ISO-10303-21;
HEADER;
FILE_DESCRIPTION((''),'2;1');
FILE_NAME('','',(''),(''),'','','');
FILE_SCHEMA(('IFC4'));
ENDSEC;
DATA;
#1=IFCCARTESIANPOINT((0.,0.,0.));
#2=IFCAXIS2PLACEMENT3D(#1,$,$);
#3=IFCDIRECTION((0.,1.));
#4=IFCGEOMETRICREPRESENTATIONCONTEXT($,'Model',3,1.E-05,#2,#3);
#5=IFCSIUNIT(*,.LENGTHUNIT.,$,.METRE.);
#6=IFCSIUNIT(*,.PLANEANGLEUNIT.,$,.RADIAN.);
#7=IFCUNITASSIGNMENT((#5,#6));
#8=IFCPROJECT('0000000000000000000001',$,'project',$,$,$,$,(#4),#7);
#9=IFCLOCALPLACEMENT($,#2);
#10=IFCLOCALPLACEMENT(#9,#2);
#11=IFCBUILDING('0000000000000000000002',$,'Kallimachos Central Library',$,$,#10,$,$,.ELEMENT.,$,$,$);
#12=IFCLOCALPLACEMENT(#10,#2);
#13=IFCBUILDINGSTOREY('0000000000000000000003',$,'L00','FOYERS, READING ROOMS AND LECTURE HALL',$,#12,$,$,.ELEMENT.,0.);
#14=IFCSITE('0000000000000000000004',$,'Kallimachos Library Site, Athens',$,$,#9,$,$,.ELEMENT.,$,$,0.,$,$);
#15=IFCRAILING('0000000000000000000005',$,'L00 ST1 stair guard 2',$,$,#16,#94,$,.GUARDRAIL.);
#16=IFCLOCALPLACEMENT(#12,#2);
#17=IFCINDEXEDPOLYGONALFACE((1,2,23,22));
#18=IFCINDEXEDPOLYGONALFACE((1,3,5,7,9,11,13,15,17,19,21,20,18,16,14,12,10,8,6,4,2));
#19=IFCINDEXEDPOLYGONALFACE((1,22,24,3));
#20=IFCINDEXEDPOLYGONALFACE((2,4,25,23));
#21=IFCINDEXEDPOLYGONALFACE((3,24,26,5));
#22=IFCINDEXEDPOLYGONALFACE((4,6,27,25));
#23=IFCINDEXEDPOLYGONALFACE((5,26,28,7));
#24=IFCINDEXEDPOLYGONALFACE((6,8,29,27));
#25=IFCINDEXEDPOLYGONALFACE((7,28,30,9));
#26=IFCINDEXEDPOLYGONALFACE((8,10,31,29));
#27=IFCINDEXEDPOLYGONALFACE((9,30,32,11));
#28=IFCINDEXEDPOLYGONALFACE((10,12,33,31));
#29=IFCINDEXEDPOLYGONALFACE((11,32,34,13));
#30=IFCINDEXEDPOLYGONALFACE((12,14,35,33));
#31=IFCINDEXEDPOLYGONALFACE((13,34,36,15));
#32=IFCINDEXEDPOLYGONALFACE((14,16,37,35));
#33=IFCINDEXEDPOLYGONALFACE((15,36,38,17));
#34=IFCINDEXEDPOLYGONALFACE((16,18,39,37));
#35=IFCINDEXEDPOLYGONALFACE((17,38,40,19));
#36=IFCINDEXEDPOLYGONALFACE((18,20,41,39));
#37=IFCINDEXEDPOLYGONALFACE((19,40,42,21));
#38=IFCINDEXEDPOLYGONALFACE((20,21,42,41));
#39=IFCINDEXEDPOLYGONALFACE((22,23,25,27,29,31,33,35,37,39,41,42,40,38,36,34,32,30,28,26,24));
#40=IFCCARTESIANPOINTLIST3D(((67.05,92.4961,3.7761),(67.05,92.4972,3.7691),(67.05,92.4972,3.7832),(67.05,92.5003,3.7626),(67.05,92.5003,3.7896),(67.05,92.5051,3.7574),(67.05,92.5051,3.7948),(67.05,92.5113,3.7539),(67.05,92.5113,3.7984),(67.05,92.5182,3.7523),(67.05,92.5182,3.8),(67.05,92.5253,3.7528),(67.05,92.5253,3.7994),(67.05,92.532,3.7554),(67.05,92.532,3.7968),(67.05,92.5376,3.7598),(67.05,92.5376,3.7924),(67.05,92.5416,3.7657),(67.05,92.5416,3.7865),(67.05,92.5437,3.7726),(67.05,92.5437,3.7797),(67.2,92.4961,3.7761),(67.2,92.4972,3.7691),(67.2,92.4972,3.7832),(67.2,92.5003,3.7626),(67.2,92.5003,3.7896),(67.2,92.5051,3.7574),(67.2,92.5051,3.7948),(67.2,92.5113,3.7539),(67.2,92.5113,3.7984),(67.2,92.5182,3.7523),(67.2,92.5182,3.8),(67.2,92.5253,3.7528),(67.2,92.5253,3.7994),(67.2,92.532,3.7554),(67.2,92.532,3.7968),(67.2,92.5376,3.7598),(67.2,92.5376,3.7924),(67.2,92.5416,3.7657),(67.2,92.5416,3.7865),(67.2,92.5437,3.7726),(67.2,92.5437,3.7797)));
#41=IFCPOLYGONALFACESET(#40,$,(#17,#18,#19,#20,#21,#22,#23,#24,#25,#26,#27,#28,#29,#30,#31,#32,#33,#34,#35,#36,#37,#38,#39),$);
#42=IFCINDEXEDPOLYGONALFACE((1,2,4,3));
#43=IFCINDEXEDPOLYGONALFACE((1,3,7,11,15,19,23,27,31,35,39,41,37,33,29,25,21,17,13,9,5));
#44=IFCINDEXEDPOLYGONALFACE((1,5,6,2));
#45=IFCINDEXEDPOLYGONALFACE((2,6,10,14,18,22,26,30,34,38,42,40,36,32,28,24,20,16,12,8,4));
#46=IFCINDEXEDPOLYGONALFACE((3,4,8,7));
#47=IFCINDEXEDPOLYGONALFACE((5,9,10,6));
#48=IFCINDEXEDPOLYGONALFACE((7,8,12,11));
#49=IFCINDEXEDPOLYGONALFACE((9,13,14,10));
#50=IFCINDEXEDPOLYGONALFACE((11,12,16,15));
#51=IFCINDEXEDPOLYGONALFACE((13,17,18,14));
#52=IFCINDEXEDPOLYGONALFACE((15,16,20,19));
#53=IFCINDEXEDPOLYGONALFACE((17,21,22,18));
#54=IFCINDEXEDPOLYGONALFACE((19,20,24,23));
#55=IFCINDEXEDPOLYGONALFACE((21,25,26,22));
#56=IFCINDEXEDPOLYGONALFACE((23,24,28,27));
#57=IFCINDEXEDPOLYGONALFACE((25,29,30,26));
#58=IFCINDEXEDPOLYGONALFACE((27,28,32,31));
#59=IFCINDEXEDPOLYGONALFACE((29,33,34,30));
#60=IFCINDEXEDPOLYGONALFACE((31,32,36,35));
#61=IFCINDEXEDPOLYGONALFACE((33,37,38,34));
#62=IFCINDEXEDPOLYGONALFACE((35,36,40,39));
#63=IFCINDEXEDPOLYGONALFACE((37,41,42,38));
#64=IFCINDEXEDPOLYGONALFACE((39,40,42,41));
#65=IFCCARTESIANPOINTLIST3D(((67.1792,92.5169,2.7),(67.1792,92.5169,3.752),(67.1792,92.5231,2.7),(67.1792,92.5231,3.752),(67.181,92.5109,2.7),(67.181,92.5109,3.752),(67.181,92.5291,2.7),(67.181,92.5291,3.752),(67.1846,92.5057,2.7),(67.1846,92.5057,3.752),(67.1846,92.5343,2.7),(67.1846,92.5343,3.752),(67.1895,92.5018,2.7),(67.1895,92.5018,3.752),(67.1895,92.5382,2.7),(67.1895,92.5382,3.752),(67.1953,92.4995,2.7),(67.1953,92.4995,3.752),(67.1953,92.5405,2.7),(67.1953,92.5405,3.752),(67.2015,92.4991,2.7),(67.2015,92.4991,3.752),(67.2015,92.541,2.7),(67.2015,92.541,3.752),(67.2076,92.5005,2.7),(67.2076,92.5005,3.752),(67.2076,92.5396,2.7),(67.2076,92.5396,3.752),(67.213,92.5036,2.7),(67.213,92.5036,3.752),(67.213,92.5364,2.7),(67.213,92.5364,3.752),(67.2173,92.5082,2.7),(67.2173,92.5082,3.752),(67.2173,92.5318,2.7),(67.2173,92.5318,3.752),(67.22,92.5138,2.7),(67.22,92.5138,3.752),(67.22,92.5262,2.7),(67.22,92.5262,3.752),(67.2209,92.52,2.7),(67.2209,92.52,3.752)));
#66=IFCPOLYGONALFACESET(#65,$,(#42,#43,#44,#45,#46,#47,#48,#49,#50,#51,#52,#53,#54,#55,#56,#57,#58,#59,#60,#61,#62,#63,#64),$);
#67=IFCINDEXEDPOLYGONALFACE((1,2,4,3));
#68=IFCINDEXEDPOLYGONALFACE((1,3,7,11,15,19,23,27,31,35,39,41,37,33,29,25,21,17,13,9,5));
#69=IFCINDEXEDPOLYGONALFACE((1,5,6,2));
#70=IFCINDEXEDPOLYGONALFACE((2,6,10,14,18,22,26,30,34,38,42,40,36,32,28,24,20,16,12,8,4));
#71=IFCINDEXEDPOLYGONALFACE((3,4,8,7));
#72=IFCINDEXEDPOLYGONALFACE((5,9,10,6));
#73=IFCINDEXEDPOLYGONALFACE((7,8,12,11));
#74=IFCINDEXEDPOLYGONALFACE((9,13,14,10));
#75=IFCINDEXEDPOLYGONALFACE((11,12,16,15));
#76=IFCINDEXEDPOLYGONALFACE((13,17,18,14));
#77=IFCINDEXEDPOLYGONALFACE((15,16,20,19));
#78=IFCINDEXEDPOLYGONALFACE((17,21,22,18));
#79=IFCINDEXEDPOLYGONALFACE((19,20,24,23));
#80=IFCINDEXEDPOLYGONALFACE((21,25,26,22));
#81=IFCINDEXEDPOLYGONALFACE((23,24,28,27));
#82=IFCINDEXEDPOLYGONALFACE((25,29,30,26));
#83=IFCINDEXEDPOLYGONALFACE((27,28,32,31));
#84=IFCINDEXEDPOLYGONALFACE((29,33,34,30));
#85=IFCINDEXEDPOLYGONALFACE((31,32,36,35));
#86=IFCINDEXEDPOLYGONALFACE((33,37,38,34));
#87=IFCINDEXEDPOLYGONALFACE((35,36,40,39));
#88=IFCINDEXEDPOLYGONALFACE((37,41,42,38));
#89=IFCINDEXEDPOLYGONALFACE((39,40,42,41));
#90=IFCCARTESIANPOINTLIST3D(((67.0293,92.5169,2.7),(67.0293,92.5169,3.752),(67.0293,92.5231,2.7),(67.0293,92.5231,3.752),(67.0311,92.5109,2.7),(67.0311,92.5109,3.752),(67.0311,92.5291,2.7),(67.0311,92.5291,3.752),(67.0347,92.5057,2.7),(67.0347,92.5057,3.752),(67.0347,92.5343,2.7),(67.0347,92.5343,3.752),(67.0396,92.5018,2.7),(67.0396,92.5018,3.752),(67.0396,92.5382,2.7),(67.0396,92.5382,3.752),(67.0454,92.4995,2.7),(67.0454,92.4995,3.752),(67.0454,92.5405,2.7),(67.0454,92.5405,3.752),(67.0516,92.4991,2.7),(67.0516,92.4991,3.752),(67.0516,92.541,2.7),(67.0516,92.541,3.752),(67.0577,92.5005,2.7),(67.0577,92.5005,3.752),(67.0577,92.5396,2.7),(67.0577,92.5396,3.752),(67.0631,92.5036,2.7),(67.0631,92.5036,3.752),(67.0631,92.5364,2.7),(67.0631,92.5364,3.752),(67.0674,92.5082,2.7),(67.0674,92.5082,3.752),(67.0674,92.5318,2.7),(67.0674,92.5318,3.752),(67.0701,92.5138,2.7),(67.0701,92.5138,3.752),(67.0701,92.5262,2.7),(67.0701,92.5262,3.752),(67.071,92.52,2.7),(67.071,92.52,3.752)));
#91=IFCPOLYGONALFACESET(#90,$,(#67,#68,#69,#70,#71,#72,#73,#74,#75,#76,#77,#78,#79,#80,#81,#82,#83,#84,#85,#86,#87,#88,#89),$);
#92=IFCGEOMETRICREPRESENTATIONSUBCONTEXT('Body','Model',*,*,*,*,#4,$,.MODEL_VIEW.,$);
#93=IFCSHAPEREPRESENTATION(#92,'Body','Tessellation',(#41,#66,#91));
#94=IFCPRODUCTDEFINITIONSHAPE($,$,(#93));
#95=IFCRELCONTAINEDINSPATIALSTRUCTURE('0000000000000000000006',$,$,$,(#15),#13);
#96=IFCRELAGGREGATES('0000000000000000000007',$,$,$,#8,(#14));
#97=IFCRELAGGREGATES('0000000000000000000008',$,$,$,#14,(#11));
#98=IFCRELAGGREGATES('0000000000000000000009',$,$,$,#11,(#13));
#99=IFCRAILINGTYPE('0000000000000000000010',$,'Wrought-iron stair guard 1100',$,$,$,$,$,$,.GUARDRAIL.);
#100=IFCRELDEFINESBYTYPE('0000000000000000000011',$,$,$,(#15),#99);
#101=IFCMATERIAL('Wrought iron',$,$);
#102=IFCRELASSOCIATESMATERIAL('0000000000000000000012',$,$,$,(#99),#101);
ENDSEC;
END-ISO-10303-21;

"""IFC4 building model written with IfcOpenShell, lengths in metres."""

from ifc_helpers import new_model, si_unit, direction, frame, origin, origin_2d, place, context, subcontext, project, spatial, circle, extrude, material, type_object, element, save


model = new_model("IFC4")

# Units and contexts
model_context = context("Model", 3, precision=1e-05, world=origin(), true_north=direction((0.0, 1.0)))
body_context = subcontext(model_context, "Body", "Model", "MODEL_VIEW")
ifc_project = project(units=[si_unit("LENGTHUNIT", "METRE"), si_unit("PLANEANGLEUNIT", "RADIAN")], contexts=[model_context])

# Site, building, storey
site_placement = place(None, origin())
site = spatial("IfcSite", under=ifc_project, at=site_placement, Name="Kallimachos Library Site, Athens", CompositionType="ELEMENT", RefElevation=0.0)
building_placement = place(site_placement, origin())
building = spatial("IfcBuilding", under=site, at=building_placement, Name="Kallimachos Central Library", CompositionType="ELEMENT")
storey_placement = place(building_placement, origin())
storey = spatial("IfcBuildingStorey", under=building, at=storey_placement, Name="L00", Description="FOYERS, READING ROOMS AND LECTURE HALL", CompositionType="ELEMENT", Elevation=0.0)

# Railing
ifc_material_1 = material(Name="Wrought iron")
railing_type_1 = type_object("IfcRailingType", Name="Wrought-iron stair guard 1100", PredefinedType="GUARDRAIL", material=ifc_material_1)
railing_1_placement = place(storey_placement, frame((67.2, 92.52, 2.7)))
element("IfcRailing", 1, at=railing_1_placement, inside=storey, type_object=railing_type_1, Name="L00 ST1 stair guard 2", PredefinedType="GUARDRAIL", context=body_context, shape_type="SweptSolid", body=[
    extrude(circle(Radius=0.0239, at=origin_2d()), frame((0.0, 0.0, 1.0762), z_axis=(-1.0, 0.0, 0.0), x_axis=(0.0, -1.0, 0.0)), (0.0, 0.0, 1.0), 0.1499),
    extrude(circle(Radius=0.021, at=origin_2d()), origin(), (0.0, 0.0, 1.0), 1.052),
    extrude(circle(Radius=0.021, at=origin_2d()), frame((-0.1499, 0.0, 0.0)), (0.0, 0.0, 1.0), 1.052),
])

save(model, "model.ifc")
